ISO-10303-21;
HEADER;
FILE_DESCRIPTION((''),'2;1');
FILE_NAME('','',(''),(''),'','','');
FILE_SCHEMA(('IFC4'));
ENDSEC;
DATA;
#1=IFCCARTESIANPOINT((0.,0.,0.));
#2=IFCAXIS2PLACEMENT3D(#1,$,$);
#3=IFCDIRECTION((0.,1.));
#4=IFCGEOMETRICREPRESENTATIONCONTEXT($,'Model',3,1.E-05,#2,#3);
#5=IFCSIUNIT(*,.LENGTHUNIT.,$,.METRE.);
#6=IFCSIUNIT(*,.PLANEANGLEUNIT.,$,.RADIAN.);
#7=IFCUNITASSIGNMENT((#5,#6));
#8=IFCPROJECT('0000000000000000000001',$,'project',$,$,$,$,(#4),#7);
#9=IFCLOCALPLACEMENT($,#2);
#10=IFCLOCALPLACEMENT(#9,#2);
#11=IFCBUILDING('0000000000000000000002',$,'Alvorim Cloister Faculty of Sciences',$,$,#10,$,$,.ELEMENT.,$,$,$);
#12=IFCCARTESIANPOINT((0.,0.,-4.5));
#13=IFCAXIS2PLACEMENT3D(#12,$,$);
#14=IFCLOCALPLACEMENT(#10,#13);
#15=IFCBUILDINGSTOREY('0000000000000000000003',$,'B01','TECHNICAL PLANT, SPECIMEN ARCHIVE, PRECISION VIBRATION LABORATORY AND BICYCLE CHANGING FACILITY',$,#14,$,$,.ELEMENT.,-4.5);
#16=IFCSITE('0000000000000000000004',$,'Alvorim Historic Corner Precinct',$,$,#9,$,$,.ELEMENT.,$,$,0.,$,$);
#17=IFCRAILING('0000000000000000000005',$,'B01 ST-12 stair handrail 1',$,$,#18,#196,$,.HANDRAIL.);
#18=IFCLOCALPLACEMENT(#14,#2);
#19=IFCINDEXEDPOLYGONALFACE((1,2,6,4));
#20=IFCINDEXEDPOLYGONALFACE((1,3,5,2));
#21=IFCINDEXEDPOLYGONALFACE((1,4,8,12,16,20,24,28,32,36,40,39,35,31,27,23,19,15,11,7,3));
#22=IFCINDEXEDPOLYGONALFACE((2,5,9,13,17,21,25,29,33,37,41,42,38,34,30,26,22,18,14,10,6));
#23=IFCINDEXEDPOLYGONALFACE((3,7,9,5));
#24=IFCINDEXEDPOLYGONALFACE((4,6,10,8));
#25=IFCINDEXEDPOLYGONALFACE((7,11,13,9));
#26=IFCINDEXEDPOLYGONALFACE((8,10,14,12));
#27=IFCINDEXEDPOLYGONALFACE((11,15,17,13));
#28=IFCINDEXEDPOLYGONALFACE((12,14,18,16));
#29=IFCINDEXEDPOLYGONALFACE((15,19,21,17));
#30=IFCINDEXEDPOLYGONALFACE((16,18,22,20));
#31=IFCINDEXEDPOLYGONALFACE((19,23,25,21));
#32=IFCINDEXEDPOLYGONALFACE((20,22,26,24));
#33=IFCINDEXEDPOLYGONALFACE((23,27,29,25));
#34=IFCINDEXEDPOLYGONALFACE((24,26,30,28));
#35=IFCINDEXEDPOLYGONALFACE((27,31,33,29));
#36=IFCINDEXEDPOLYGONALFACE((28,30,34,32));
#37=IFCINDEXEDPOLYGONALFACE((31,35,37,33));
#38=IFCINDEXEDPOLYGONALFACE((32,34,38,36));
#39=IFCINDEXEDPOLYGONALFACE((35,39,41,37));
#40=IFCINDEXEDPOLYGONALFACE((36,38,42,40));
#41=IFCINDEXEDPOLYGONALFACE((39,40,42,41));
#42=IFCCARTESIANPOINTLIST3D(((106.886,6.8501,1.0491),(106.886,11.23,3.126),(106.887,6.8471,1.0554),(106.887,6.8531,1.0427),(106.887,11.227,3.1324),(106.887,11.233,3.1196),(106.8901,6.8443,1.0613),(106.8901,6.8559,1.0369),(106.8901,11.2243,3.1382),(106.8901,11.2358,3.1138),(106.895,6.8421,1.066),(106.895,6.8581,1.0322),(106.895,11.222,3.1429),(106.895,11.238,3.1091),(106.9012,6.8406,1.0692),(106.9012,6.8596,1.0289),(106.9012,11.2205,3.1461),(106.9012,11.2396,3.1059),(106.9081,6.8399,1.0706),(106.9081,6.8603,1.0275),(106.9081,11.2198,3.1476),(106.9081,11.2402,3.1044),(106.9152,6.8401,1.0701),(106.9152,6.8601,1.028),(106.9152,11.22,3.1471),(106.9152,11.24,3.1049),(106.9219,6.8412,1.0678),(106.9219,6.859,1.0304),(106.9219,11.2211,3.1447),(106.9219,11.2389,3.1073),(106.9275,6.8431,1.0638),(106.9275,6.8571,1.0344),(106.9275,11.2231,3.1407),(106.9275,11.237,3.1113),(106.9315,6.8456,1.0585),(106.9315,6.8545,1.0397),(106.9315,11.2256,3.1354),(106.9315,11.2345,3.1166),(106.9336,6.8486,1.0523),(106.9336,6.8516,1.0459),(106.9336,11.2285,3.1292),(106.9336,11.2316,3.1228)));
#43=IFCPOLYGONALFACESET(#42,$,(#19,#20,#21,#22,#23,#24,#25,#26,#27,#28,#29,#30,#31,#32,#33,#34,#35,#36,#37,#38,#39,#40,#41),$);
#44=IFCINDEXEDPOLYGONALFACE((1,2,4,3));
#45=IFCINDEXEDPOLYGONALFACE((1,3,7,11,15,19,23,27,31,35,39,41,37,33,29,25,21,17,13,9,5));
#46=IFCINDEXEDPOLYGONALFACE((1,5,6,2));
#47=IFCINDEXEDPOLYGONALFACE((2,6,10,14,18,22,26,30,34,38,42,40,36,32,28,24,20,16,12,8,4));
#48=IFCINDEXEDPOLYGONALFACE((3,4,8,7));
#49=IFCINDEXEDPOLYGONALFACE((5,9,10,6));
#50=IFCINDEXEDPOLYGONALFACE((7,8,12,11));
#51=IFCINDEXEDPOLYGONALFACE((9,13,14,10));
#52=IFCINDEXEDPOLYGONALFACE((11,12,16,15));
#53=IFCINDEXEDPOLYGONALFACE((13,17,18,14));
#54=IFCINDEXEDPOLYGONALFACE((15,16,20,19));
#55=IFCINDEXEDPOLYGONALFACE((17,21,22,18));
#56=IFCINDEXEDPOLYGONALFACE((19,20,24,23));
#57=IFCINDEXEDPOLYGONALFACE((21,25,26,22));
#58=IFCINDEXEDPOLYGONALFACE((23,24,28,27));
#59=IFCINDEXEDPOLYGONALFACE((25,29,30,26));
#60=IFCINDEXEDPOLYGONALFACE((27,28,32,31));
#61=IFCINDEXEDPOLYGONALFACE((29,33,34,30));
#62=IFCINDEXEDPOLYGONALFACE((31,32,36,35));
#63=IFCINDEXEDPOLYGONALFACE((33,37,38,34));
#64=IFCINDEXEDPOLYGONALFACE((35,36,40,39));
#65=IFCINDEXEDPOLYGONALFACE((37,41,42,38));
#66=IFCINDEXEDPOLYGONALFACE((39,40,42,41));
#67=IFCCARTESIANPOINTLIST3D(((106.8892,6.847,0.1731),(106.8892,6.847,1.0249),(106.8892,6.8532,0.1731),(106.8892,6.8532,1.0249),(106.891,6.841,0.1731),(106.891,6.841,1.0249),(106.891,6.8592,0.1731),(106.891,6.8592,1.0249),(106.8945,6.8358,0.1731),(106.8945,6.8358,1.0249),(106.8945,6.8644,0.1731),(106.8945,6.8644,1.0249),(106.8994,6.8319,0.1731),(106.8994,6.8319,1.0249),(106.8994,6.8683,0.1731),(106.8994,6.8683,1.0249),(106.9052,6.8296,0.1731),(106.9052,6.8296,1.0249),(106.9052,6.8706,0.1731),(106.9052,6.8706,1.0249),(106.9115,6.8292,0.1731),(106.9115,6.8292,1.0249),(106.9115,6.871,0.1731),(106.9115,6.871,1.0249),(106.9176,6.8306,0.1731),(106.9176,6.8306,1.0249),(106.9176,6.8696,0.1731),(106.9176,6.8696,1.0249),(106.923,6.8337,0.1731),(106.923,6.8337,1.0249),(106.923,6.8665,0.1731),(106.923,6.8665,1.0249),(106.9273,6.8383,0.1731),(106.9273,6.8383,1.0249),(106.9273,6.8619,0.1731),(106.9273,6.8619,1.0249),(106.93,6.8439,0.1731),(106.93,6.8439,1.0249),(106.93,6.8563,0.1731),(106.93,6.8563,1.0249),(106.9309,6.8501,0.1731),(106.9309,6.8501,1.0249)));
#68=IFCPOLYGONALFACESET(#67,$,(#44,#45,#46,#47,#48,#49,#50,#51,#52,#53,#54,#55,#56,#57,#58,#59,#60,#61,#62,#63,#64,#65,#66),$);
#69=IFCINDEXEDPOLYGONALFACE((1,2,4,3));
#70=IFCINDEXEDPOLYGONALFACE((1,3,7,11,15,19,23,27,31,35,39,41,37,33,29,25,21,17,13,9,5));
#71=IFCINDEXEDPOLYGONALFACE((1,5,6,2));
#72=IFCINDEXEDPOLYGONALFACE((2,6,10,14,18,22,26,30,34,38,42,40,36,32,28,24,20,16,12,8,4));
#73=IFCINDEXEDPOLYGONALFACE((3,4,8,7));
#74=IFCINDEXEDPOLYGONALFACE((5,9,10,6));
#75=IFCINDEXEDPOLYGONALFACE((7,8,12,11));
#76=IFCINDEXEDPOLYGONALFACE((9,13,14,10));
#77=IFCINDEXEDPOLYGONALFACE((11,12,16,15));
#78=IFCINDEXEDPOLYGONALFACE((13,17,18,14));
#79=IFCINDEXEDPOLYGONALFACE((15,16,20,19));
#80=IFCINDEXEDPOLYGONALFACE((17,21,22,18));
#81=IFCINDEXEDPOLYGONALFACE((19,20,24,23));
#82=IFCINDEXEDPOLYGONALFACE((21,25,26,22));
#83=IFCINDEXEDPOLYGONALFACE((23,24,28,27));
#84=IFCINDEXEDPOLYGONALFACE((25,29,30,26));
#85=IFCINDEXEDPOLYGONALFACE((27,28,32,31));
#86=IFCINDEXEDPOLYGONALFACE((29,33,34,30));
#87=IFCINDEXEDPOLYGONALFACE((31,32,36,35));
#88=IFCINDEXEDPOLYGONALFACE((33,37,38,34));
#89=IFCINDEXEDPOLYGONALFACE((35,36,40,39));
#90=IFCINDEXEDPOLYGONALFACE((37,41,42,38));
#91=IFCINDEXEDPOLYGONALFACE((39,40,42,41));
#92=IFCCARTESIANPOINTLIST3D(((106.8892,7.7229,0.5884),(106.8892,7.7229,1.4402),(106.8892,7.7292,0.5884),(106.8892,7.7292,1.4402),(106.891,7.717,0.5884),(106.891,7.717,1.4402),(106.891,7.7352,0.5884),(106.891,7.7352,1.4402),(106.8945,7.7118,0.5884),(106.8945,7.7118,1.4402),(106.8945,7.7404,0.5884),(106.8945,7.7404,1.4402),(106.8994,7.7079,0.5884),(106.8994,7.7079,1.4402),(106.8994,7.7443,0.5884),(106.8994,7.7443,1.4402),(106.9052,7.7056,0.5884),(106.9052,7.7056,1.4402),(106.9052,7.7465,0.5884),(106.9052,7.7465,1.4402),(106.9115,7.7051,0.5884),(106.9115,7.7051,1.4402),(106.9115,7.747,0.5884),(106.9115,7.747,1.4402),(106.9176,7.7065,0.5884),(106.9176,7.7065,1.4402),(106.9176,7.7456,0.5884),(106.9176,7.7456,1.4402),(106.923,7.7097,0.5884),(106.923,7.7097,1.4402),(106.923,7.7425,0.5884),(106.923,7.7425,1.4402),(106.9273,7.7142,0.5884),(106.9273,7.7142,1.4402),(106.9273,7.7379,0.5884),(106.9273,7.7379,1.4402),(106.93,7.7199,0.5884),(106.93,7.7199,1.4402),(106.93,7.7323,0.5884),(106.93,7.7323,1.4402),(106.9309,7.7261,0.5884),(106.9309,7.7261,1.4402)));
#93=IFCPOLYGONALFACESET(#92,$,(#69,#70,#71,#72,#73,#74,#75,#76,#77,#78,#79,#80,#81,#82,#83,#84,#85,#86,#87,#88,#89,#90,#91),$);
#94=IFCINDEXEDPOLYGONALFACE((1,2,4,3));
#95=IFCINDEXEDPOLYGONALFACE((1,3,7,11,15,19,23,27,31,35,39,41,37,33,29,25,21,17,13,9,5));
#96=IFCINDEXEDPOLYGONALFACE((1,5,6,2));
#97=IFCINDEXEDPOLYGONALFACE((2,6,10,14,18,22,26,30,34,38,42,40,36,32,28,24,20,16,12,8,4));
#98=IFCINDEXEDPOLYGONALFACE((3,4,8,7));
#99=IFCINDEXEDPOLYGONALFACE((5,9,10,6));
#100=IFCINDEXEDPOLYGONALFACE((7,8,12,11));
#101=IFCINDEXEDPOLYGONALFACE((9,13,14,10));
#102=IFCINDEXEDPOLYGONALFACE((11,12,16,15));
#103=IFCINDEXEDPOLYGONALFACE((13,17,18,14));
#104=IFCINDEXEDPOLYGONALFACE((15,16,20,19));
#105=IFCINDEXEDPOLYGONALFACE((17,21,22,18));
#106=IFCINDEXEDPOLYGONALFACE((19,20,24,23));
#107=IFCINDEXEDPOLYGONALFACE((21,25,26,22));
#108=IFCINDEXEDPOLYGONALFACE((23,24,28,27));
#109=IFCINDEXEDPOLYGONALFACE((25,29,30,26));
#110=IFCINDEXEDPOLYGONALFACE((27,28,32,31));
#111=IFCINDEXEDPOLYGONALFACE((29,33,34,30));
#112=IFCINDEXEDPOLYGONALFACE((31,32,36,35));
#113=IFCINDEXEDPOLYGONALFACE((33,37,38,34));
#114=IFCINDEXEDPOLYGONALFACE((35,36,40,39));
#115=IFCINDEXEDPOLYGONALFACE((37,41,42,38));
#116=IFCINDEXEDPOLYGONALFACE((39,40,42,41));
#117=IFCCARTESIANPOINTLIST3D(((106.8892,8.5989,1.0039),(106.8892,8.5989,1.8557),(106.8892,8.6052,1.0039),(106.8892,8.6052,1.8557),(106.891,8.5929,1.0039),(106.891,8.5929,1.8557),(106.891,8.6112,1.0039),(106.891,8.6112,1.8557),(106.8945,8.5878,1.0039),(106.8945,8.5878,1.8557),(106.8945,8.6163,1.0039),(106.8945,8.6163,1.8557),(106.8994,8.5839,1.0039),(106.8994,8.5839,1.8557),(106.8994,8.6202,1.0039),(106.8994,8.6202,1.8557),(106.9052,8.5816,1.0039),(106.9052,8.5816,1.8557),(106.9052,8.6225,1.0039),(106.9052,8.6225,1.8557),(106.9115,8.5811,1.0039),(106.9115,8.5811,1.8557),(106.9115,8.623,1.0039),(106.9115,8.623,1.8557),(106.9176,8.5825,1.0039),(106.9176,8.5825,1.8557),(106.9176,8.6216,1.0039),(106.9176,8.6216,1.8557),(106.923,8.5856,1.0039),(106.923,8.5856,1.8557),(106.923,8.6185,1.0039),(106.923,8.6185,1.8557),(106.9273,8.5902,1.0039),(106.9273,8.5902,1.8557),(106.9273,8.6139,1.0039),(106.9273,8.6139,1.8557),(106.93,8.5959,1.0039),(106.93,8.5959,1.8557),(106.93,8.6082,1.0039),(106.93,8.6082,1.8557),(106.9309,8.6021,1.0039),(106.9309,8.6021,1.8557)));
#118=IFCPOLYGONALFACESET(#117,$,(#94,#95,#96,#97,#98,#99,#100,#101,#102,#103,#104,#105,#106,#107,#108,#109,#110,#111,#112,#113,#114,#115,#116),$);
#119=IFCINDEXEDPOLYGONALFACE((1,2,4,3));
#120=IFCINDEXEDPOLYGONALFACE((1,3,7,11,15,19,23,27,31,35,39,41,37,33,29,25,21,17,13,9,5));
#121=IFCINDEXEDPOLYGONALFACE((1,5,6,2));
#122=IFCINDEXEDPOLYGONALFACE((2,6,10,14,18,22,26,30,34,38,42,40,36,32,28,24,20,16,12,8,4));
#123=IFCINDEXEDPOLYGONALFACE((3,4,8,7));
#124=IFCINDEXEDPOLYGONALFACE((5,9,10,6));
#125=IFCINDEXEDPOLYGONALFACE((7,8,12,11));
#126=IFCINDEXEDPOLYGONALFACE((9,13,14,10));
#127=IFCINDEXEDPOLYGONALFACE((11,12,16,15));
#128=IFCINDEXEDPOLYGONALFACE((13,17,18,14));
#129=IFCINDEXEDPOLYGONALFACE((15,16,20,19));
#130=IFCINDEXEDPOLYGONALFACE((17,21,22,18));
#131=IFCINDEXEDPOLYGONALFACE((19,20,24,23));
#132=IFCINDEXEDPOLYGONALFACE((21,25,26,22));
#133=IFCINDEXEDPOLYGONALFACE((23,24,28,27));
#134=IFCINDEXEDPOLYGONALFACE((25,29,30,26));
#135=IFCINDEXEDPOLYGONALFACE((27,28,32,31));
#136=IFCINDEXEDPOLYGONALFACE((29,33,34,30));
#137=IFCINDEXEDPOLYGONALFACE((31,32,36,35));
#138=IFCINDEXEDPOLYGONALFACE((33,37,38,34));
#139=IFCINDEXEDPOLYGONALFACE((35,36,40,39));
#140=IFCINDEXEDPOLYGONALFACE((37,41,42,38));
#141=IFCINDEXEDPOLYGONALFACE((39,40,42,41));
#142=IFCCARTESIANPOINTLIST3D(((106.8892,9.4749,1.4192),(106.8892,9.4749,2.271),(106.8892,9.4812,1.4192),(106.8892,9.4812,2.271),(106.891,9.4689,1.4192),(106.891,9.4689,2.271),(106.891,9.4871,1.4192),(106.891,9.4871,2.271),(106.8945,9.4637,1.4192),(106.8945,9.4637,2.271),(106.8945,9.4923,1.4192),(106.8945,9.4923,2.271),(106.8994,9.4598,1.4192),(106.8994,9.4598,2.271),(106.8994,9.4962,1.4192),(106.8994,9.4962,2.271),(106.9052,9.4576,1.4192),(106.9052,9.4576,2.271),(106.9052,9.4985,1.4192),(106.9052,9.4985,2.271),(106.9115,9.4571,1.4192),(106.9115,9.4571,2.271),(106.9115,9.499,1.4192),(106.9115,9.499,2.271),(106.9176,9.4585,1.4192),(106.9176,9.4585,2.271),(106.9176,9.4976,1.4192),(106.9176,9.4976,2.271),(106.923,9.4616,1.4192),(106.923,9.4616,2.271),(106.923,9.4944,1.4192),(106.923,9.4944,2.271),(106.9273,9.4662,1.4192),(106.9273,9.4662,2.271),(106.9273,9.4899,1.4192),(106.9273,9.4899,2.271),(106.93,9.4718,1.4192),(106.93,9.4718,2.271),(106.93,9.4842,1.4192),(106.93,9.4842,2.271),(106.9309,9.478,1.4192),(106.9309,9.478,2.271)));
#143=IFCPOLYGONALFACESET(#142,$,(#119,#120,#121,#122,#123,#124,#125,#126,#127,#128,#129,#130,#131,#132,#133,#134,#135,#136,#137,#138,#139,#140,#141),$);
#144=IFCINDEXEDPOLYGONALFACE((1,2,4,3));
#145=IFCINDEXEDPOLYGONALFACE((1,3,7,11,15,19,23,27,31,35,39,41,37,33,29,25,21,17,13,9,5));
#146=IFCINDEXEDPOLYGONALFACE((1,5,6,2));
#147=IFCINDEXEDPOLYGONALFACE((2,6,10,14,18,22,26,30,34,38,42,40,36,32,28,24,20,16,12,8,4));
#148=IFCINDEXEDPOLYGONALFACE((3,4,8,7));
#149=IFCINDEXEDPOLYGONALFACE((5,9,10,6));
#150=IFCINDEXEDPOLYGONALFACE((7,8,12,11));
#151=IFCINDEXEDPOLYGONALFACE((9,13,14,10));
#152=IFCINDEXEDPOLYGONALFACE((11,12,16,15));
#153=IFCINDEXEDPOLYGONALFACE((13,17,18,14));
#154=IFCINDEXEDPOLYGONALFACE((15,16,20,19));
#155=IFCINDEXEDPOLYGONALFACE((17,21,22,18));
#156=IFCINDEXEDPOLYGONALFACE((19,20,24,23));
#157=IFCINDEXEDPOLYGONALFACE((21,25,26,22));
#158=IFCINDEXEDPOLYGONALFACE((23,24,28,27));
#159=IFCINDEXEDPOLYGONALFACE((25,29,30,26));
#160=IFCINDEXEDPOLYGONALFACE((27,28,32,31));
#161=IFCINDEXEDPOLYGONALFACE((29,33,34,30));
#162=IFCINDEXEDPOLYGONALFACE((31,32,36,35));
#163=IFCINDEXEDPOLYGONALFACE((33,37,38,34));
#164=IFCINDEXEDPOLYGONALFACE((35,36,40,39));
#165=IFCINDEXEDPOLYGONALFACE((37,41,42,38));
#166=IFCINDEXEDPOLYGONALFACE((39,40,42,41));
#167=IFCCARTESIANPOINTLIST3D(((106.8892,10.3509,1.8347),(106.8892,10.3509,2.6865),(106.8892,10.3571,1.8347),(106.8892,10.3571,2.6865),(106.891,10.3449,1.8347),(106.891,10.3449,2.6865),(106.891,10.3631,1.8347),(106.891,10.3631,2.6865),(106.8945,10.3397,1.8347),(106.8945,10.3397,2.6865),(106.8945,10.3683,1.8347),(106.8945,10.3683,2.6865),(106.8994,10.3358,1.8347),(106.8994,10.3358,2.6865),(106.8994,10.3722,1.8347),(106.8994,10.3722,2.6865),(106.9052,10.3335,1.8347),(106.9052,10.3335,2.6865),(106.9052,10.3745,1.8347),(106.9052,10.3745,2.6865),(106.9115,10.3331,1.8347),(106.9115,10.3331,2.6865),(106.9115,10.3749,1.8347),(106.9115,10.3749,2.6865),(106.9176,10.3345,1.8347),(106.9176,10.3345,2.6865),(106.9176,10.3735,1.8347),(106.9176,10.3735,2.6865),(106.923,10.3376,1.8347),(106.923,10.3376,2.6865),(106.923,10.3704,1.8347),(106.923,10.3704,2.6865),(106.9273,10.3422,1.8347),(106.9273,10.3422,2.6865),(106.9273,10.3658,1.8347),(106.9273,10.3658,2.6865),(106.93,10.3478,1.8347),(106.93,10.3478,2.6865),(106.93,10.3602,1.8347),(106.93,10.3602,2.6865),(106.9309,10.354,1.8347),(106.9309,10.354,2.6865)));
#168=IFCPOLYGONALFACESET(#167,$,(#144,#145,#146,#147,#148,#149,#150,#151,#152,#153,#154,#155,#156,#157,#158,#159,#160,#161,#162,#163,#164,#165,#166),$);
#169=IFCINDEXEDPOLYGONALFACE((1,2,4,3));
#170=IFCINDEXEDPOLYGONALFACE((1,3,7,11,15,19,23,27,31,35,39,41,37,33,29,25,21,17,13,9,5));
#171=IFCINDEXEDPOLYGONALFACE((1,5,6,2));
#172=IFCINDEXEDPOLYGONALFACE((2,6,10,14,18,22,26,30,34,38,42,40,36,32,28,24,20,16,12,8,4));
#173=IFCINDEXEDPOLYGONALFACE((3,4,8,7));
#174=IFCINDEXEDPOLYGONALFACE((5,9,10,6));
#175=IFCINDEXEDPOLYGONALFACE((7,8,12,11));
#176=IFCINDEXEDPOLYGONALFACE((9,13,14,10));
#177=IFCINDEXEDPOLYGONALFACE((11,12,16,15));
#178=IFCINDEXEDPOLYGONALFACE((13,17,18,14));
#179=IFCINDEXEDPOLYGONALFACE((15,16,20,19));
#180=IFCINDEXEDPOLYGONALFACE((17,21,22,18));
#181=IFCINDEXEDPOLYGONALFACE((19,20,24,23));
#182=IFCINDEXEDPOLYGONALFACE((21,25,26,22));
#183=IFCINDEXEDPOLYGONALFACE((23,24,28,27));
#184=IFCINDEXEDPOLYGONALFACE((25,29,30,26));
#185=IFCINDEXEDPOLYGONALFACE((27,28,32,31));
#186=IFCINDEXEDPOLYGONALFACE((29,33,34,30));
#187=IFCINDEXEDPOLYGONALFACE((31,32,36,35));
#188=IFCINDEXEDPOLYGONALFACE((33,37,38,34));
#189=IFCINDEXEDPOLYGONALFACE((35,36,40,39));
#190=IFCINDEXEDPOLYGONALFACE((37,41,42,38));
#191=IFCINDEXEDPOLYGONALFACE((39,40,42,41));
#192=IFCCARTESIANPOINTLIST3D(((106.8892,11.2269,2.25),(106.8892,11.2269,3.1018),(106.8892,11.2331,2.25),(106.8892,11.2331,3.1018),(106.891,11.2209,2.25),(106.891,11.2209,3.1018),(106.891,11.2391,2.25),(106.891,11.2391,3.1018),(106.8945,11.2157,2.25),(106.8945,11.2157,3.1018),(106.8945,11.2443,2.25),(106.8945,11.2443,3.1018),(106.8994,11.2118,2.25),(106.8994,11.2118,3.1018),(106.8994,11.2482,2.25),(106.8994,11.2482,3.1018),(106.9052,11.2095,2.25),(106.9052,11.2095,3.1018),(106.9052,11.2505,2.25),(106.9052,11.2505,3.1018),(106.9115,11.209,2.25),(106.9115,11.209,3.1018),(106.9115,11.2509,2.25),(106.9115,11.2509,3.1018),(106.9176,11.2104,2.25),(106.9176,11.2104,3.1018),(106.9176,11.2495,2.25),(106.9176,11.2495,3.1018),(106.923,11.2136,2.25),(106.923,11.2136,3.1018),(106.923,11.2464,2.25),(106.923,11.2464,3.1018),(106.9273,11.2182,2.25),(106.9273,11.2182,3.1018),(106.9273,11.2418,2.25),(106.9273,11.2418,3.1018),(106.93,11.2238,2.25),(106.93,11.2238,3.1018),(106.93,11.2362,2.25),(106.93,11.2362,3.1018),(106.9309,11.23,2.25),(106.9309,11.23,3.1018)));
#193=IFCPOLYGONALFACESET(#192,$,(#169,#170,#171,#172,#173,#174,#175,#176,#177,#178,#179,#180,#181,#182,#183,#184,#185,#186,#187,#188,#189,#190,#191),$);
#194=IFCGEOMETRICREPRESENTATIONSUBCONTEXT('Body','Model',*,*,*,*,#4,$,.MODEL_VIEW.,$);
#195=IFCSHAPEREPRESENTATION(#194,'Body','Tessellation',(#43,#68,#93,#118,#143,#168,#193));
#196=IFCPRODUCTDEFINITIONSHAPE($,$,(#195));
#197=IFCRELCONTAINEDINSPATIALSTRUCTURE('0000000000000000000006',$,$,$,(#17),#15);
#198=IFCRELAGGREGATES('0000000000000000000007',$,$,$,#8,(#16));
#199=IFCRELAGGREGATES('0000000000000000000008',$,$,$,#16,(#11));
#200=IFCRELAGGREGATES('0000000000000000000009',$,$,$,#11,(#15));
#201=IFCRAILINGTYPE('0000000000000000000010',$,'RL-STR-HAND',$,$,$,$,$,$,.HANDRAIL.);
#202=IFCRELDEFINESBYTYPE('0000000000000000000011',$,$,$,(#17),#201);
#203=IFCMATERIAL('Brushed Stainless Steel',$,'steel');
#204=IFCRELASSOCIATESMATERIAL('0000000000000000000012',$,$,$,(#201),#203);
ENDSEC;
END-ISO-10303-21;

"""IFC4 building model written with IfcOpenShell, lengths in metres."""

from ifc_helpers import new_model, si_unit, direction, frame, origin, origin_2d, place, context, subcontext, project, spatial, circle, extrude, material, type_object, element, save


model = new_model("IFC4")

# Units and contexts
model_context = context("Model", 3, precision=1e-05, world=origin(), true_north=direction((0.0, 1.0)))
body_context = subcontext(model_context, "Body", "Model", "MODEL_VIEW")
ifc_project = project(units=[si_unit("LENGTHUNIT", "METRE"), si_unit("PLANEANGLEUNIT", "RADIAN")], contexts=[model_context])

# Site, building, storey
site_placement = place(None, origin())
site = spatial("IfcSite", under=ifc_project, at=site_placement, Name="Alvorim Historic Corner Precinct", CompositionType="ELEMENT", RefElevation=0.0)
building_placement = place(site_placement, origin())
building = spatial("IfcBuilding", under=site, at=building_placement, Name="Alvorim Cloister Faculty of Sciences", CompositionType="ELEMENT")
storey_placement = place(building_placement, frame((0.0, 0.0, -4.5)))
storey = spatial("IfcBuildingStorey", under=building, at=storey_placement, Name="B01", Description="TECHNICAL PLANT, SPECIMEN ARCHIVE, PRECISION VIBRATION LABORATORY AND BICYCLE CHANGING FACILITY", CompositionType="ELEMENT", Elevation=-4.5)

# Railing
ifc_material_1 = material(Name="Brushed Stainless Steel", Category="steel")
railing_type_1 = type_object("IfcRailingType", Name="RL-STR-HAND", PredefinedType="HANDRAIL", material=ifc_material_1)
railing_1_placement = place(storey_placement, frame((106.9099, 6.8501, 0.1731)))
element("IfcRailing", 1, at=railing_1_placement, inside=storey, type_object=railing_type_1, Name="B01 ST-12 stair handrail 1", PredefinedType="HANDRAIL", context=body_context, shape_type="SweptSolid", body=[
    extrude(circle(Radius=0.0239, at=origin_2d()), frame((0.0, 0.0, 0.876), z_axis=(0.0, 0.90356, 0.428461), x_axis=(-1.0, 0.0, 0.0)), (0.0, 0.0, 1.0), 4.8474),
    extrude(circle(Radius=0.021, at=origin_2d()), origin(), (0.0, 0.0, 1.0), 0.8518),
    extrude(circle(Radius=0.021, at=origin_2d()), frame((0.0, 0.876, 0.4153)), (0.0, 0.0, 1.0), 0.8518),
    extrude(circle(Radius=0.021, at=origin_2d()), frame((0.0, 1.752, 0.8308)), (0.0, 0.0, 1.0), 0.8518),
    extrude(circle(Radius=0.021, at=origin_2d()), frame((0.0, 2.6279, 1.2461)), (0.0, 0.0, 1.0), 0.8518),
    extrude(circle(Radius=0.021, at=origin_2d()), frame((0.0, 3.5039, 1.6616)), (0.0, 0.0, 1.0), 0.8518),
    extrude(circle(Radius=0.021, at=origin_2d()), frame((0.0, 4.3799, 2.0769)), (0.0, 0.0, 1.0), 0.8518),
])

save(model, "model.ifc")
